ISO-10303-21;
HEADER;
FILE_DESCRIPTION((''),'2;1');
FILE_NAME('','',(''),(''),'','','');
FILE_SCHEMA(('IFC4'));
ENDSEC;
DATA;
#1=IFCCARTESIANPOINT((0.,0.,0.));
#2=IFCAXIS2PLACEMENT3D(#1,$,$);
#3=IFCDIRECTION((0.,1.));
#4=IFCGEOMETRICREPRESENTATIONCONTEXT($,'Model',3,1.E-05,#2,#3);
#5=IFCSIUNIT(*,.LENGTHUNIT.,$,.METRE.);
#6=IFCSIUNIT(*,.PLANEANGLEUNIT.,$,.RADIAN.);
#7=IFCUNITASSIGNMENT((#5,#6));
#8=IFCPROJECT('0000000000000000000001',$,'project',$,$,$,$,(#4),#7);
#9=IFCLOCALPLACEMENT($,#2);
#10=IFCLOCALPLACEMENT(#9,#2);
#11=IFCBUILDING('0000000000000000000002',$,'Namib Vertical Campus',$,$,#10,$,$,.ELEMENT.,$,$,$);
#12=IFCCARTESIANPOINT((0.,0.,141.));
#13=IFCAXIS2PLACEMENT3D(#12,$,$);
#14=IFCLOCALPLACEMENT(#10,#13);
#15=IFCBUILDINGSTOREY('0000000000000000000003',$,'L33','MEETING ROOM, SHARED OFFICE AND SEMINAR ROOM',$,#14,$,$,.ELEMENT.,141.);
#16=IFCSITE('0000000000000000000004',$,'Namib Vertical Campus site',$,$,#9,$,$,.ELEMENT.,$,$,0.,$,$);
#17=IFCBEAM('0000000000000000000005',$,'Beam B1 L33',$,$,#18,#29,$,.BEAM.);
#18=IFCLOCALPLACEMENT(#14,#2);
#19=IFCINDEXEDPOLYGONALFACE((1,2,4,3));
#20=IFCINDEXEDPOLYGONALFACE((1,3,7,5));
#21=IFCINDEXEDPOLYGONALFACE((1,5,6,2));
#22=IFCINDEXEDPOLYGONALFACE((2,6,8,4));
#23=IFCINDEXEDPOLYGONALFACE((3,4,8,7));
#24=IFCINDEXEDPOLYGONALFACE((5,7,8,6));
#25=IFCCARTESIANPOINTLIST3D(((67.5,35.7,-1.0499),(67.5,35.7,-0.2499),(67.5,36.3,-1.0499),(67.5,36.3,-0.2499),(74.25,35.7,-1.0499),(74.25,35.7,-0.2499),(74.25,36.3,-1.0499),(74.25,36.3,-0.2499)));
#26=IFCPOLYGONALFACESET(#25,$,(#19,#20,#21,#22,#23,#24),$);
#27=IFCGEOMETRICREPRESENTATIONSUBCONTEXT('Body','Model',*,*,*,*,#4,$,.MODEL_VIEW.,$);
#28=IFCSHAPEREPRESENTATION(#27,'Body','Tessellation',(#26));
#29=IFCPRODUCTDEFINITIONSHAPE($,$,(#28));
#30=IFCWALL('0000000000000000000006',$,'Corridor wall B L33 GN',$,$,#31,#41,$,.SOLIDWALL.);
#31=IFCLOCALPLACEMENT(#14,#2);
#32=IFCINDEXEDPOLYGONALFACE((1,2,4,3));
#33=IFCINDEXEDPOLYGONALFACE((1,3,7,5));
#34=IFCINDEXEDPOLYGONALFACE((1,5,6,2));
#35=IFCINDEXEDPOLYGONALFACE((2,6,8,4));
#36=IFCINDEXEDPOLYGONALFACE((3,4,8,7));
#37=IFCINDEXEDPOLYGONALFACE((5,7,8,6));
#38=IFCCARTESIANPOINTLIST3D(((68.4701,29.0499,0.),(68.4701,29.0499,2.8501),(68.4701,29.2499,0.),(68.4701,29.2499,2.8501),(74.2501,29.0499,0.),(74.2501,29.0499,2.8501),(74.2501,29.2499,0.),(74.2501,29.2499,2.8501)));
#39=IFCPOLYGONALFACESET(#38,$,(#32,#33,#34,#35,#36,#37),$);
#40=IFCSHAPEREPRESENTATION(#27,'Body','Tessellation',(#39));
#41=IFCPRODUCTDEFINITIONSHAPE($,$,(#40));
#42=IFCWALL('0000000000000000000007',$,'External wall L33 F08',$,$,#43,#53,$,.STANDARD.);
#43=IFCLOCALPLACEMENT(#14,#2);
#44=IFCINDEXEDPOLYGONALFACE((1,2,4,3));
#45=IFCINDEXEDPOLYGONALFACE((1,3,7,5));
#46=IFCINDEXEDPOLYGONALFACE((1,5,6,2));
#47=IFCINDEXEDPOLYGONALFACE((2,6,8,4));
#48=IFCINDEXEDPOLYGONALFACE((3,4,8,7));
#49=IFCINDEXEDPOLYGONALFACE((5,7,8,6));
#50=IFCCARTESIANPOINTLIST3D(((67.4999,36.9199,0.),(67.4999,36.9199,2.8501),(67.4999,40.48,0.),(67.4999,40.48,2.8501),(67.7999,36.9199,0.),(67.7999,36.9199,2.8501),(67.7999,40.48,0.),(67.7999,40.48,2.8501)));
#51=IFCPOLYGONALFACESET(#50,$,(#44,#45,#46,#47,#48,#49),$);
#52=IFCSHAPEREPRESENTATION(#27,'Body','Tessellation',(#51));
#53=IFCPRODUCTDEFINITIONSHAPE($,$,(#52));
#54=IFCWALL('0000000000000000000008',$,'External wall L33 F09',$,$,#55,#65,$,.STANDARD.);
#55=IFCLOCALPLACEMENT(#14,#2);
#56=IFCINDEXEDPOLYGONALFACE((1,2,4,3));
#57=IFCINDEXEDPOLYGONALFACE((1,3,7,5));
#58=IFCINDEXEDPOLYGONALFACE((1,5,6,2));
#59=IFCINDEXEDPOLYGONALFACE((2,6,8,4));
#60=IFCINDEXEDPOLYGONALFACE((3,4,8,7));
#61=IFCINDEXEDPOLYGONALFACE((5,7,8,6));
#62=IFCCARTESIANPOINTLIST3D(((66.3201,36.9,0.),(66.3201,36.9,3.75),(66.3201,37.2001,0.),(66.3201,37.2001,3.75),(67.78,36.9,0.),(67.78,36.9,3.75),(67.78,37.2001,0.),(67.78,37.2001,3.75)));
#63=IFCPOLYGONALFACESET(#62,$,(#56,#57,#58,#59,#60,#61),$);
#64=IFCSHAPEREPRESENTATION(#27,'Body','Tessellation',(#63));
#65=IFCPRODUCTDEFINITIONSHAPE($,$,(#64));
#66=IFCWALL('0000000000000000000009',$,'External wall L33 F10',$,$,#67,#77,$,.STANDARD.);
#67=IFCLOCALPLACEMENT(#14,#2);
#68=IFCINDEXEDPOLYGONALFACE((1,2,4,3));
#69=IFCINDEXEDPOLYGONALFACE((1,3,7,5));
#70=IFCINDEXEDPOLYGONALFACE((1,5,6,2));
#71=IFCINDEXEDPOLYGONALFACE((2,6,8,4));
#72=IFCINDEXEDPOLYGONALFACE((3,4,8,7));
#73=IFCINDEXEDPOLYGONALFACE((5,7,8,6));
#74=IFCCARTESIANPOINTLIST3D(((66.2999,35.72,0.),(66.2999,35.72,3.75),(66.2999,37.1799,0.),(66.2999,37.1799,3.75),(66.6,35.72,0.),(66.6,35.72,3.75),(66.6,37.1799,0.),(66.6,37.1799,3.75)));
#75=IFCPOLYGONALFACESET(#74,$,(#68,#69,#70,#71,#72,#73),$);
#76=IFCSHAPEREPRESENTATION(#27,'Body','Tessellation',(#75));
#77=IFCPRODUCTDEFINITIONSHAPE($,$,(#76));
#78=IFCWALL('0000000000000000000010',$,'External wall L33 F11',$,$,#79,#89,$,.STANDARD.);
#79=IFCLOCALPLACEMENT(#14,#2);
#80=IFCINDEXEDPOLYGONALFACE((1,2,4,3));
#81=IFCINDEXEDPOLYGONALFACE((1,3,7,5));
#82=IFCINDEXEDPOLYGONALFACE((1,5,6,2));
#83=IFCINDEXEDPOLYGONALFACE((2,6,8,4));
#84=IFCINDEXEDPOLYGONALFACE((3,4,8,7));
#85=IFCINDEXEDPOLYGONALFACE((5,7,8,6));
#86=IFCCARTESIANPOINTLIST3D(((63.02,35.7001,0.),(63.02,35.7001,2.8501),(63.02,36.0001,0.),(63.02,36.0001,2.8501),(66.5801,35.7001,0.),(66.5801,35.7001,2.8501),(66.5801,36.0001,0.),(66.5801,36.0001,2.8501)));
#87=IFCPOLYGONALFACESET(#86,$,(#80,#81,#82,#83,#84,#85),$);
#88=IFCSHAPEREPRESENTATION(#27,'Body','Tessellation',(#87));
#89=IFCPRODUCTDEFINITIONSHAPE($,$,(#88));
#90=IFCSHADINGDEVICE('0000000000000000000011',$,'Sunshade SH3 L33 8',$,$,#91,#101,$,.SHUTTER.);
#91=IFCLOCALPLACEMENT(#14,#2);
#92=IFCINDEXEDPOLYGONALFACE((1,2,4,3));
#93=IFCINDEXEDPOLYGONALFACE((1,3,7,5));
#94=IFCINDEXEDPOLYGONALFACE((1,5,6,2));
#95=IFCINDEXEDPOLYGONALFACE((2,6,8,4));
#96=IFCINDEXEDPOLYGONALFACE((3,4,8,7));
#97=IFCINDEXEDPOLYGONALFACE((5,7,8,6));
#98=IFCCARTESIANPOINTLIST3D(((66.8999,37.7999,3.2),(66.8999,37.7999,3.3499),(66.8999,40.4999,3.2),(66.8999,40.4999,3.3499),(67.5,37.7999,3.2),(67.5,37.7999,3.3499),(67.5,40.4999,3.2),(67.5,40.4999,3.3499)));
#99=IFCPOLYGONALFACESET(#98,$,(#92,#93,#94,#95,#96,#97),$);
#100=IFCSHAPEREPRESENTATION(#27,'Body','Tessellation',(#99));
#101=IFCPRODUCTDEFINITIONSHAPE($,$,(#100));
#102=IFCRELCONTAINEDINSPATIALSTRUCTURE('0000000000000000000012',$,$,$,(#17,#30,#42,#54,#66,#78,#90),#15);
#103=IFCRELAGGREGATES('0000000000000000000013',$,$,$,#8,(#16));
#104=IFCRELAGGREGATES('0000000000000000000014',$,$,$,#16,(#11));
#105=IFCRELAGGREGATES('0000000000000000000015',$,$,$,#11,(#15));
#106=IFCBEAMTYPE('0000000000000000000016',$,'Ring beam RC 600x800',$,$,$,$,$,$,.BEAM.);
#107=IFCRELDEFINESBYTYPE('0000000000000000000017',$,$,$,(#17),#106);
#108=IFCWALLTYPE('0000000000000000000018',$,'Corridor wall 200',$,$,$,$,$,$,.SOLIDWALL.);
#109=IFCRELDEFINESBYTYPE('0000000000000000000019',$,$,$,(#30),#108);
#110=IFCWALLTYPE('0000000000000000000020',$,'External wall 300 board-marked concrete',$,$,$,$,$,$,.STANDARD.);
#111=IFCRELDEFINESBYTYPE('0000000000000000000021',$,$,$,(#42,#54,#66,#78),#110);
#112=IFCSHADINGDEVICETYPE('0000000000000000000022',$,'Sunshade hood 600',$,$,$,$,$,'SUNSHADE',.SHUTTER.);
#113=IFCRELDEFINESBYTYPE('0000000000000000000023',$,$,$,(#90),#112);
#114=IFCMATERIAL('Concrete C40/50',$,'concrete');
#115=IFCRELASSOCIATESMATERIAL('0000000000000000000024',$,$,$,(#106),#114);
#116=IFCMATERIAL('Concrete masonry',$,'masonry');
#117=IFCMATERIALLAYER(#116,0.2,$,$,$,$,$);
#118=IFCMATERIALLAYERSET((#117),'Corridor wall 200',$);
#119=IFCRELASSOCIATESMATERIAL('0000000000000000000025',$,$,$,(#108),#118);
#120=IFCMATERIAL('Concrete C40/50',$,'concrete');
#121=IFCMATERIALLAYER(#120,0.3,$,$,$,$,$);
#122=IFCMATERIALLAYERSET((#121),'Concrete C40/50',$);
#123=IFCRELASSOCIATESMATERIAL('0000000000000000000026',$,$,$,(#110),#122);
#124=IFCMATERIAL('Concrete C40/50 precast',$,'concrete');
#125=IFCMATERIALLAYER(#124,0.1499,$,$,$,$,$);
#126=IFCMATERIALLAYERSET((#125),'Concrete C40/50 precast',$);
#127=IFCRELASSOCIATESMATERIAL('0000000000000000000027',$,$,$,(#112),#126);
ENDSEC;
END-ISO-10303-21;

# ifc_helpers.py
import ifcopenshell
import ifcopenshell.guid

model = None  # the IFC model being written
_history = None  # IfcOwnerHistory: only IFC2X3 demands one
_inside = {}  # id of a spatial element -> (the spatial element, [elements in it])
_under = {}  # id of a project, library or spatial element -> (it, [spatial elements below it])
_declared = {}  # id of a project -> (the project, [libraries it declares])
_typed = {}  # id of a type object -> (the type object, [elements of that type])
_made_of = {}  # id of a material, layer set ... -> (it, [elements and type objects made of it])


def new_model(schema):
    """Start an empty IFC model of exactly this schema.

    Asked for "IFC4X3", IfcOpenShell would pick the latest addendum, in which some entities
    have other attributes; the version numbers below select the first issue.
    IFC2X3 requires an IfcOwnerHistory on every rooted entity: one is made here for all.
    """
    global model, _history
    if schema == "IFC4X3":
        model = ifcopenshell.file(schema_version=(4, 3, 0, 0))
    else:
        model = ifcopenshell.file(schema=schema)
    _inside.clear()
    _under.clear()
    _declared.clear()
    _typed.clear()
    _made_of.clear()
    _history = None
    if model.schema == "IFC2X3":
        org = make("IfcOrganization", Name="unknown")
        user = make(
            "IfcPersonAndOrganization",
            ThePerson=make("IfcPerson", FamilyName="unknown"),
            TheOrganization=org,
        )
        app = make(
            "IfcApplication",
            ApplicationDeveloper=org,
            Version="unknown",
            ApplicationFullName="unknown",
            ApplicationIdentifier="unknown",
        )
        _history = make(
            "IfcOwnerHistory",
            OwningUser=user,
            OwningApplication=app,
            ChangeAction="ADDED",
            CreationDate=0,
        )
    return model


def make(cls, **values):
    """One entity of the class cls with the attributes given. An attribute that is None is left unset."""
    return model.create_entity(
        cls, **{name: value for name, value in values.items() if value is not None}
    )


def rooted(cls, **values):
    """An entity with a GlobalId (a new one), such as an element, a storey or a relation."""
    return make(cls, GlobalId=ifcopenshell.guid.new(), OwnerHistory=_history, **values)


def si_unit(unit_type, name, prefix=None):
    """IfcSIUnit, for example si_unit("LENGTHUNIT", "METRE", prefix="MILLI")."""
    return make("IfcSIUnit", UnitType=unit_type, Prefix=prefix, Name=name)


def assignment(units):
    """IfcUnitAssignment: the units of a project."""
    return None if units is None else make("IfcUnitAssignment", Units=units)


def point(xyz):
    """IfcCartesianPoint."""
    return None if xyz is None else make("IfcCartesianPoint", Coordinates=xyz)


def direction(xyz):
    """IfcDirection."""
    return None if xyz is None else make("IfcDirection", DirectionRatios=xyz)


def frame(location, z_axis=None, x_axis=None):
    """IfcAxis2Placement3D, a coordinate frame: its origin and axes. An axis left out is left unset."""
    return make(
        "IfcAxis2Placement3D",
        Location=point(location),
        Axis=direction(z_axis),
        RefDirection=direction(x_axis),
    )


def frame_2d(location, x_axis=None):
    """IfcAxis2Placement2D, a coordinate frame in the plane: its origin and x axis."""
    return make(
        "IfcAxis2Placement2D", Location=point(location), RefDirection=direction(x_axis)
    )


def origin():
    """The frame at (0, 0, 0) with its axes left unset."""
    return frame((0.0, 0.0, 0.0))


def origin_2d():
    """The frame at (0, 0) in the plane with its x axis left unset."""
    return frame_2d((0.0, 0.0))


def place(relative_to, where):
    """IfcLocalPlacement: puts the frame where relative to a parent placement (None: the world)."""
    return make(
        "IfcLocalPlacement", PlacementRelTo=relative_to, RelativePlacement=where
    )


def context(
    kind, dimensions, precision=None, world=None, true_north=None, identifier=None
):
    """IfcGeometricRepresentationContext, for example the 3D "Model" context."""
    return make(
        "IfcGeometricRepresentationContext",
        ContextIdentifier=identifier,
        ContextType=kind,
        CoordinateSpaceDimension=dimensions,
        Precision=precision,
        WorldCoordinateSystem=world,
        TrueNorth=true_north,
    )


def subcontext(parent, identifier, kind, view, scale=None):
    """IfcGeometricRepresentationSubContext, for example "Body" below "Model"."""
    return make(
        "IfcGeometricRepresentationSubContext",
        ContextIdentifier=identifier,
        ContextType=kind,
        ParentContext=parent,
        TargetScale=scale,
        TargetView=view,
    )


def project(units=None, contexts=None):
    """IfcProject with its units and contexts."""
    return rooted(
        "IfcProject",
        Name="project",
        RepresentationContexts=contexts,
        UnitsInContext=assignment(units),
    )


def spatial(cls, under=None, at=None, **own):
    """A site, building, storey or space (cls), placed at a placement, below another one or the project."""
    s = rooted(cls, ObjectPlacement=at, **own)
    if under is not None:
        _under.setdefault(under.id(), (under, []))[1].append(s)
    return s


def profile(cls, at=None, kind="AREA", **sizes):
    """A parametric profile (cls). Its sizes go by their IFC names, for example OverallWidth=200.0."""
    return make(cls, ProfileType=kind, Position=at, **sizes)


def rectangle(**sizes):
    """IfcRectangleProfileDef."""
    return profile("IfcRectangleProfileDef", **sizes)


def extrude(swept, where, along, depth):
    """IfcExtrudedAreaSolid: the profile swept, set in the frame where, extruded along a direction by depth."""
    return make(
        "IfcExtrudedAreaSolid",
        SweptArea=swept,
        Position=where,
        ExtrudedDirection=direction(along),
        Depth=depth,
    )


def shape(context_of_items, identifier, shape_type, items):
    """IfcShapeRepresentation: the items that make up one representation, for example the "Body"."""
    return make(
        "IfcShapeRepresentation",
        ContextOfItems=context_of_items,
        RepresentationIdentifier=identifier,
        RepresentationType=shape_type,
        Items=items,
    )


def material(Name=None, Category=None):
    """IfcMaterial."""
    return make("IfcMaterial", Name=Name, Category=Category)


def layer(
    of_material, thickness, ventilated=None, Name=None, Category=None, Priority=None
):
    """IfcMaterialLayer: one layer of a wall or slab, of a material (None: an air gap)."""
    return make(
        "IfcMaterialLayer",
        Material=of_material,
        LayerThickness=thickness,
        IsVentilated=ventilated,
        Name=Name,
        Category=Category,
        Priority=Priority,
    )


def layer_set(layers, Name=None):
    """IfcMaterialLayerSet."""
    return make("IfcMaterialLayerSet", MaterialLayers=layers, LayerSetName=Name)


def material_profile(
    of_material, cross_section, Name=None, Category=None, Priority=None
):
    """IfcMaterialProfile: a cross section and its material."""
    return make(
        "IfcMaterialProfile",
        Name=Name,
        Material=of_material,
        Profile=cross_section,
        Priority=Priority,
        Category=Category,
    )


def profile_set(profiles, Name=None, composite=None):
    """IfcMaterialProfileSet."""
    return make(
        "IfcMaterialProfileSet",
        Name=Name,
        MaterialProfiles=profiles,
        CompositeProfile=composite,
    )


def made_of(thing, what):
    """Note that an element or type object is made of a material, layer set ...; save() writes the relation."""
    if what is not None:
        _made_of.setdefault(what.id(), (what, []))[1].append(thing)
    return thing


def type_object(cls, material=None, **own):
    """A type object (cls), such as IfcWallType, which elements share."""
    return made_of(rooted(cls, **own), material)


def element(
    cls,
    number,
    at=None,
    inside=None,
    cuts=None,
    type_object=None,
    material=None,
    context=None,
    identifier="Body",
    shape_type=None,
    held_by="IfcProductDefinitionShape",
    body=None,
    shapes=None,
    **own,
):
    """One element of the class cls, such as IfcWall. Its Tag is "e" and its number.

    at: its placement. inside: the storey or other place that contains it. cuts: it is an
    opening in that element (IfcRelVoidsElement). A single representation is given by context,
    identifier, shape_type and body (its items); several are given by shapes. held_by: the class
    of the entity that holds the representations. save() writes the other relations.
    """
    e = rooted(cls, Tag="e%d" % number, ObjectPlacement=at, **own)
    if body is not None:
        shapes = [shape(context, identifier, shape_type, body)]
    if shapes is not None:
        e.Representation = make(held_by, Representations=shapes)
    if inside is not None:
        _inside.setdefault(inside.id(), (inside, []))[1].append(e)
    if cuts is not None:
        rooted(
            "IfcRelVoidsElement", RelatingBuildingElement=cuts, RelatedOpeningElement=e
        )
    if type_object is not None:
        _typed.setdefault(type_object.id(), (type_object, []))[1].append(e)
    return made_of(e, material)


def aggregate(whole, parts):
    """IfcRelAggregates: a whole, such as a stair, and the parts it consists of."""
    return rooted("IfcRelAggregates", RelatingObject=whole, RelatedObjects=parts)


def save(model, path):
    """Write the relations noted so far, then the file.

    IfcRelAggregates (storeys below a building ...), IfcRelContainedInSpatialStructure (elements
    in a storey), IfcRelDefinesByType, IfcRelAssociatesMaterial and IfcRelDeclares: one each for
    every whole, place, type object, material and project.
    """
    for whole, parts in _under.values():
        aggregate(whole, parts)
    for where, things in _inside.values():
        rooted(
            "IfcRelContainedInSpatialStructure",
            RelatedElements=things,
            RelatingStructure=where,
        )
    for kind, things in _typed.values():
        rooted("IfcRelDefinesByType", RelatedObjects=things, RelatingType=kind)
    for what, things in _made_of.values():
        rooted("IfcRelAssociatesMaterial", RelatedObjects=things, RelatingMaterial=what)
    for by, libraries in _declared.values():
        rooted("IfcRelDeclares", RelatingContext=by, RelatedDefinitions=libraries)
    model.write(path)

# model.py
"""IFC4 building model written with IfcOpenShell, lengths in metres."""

from ifc_helpers import new_model, si_unit, direction, frame, frame_2d, origin, origin_2d, place, context, subcontext, project, spatial, rectangle, extrude, material, layer, layer_set, material_profile, profile_set, type_object, element, save


model = new_model("IFC4")

# Units and contexts
model_context = context("Model", 3, precision=1e-05, world=origin(), true_north=direction((0.0, 1.0)))
body_context = subcontext(model_context, "Body", "Model", "MODEL_VIEW")
ifc_project = project(units=[si_unit("LENGTHUNIT", "METRE"), si_unit("PLANEANGLEUNIT", "RADIAN")], contexts=[model_context])

# Site, building, storey
site_placement = place(None, origin())
site = spatial("IfcSite", under=ifc_project, at=site_placement, Name="Namib Vertical Campus site", CompositionType="ELEMENT", RefElevation=0.0)
building_placement = place(site_placement, origin())
building = spatial("IfcBuilding", under=site, at=building_placement, Name="Namib Vertical Campus", CompositionType="ELEMENT")
storey_placement = place(building_placement, frame((0.0, 0.0, 141.0)))
storey = spatial("IfcBuildingStorey", under=building, at=storey_placement, Name="L33", Description="MEETING ROOM, SHARED OFFICE AND SEMINAR ROOM", CompositionType="ELEMENT", Elevation=141.0)

# Beam
ifc_material_1 = material(Name="Concrete C40/50", Category="concrete")
ifc_material_profile_1 = material_profile(ifc_material_1, rectangle(XDim=0.6001, YDim=0.8, at=origin_2d()))
ifc_profile_set_1 = profile_set([ifc_material_profile_1], Name="Concrete C40/50")
beam_type_1 = type_object("IfcBeamType", Name="Ring beam RC 600x800", PredefinedType="BEAM", material=ifc_profile_set_1)
beam_1_placement = place(storey_placement, frame((67.5, 36.0, -0.6499), z_axis=(1.0, 0.0, 0.0), x_axis=(0.0, 1.0, 0.0)))
element("IfcBeam", 1, at=beam_1_placement, inside=storey, type_object=beam_type_1, Name="Beam B1 L33", PredefinedType="BEAM", context=body_context, shape_type="SweptSolid", body=[
    extrude(rectangle(XDim=0.6001, YDim=0.8, at=origin_2d()), origin(), (0.0, 0.0, 1.0), 6.75),
])

# Walls
ifc_material_2 = material(Name="Concrete masonry", Category="masonry")
ifc_layer_1 = layer(ifc_material_2, 0.2)
ifc_layer_set_1 = layer_set([ifc_layer_1], Name="Corridor wall 200")
wall_type_1 = type_object("IfcWallType", Name="Corridor wall 200", PredefinedType="SOLIDWALL", material=ifc_layer_set_1)
wall_1_placement = place(storey_placement, frame((68.47, 29.1499, 0.0), z_axis=(0.0, 0.0, 1.0), x_axis=(1.0, 0.0, 0.0)))
element("IfcWall", 2, at=wall_1_placement, inside=storey, type_object=wall_type_1, Name="Corridor wall B L33 GN", PredefinedType="SOLIDWALL", context=body_context, shape_type="SweptSolid", body=[
    extrude(rectangle(XDim=5.78, YDim=0.2, at=frame_2d((2.8901, 0.0))), origin(), (0.0, 0.0, 1.0), 2.8501),
])
ifc_material_3 = material(Name="Concrete C40/50", Category="concrete")
ifc_layer_2 = layer(ifc_material_3, 0.3)
ifc_layer_set_2 = layer_set([ifc_layer_2], Name="Concrete C40/50")
wall_type_2 = type_object("IfcWallType", Name="External wall 300 board-marked concrete", PredefinedType="STANDARD", material=ifc_layer_set_2)
wall_2_placement = place(storey_placement, frame((67.6499, 40.48, 0.0), z_axis=(0.0, 0.0, 1.0), x_axis=(0.0, -1.0, 0.0)))
element("IfcWall", 3, at=wall_2_placement, inside=storey, type_object=wall_type_2, Name="External wall L33 F08", PredefinedType="STANDARD", context=body_context, shape_type="SweptSolid", body=[
    extrude(rectangle(XDim=3.5601, YDim=0.3, at=frame_2d((1.78, 0.0))), origin(), (0.0, 0.0, 1.0), 2.8501),
])
for number, where, z_axis, x_axis, name in (
    (4, (67.78, 37.05, 0.0), (0.0, 0.0, 1.0), (-1.0, 0.0, 0.0), "External wall L33 F09"),
    (5, (66.45, 37.1799, 0.0), (0.0, 0.0, 1.0), (0.0, -1.0, 0.0), "External wall L33 F10"),
):
    element("IfcWall", number, at=place(storey_placement, frame(where, z_axis=z_axis, x_axis=x_axis)), inside=storey, type_object=wall_type_2, Name=name, PredefinedType="STANDARD", context=body_context, shape_type="SweptSolid", body=[
        extrude(rectangle(XDim=1.46, YDim=0.3, at=frame_2d((0.73, 0.0))), origin(), (0.0, 0.0, 1.0), 3.75),
    ])
wall_3_placement = place(storey_placement, frame((66.5801, 35.8501, 0.0), z_axis=(0.0, 0.0, 1.0), x_axis=(-1.0, 0.0, 0.0)))
element("IfcWall", 6, at=wall_3_placement, inside=storey, type_object=wall_type_2, Name="External wall L33 F11", PredefinedType="STANDARD", context=body_context, shape_type="SweptSolid", body=[
    extrude(rectangle(XDim=3.5601, YDim=0.3, at=frame_2d((1.78, 0.0))), origin(), (0.0, 0.0, 1.0), 2.8501),
])

# Shading device
ifc_material_4 = material(Name="Concrete C40/50 precast", Category="concrete")
ifc_layer_3 = layer(ifc_material_4, 0.1499)
ifc_layer_set_3 = layer_set([ifc_layer_3], Name="Concrete C40/50 precast")
shading_device_type = type_object("IfcShadingDeviceType", Name="Sunshade hood 600", ElementType="SUNSHADE", PredefinedType="SHUTTER", material=ifc_layer_set_3)
shading_device_placement = place(storey_placement, frame((67.2, 39.1499, 3.2), z_axis=(0.0, 0.0, 1.0), x_axis=(0.0, -1.0, 0.0)))
element("IfcShadingDevice", 7, at=shading_device_placement, inside=storey, type_object=shading_device_type, Name="Sunshade SH3 L33 8", PredefinedType="SHUTTER", context=body_context, shape_type="SweptSolid", body=[
    extrude(rectangle(XDim=2.7, YDim=0.6001, at=origin_2d()), origin(), (0.0, 0.0, 1.0), 0.1499),
])

save(model, "model.ifc")
